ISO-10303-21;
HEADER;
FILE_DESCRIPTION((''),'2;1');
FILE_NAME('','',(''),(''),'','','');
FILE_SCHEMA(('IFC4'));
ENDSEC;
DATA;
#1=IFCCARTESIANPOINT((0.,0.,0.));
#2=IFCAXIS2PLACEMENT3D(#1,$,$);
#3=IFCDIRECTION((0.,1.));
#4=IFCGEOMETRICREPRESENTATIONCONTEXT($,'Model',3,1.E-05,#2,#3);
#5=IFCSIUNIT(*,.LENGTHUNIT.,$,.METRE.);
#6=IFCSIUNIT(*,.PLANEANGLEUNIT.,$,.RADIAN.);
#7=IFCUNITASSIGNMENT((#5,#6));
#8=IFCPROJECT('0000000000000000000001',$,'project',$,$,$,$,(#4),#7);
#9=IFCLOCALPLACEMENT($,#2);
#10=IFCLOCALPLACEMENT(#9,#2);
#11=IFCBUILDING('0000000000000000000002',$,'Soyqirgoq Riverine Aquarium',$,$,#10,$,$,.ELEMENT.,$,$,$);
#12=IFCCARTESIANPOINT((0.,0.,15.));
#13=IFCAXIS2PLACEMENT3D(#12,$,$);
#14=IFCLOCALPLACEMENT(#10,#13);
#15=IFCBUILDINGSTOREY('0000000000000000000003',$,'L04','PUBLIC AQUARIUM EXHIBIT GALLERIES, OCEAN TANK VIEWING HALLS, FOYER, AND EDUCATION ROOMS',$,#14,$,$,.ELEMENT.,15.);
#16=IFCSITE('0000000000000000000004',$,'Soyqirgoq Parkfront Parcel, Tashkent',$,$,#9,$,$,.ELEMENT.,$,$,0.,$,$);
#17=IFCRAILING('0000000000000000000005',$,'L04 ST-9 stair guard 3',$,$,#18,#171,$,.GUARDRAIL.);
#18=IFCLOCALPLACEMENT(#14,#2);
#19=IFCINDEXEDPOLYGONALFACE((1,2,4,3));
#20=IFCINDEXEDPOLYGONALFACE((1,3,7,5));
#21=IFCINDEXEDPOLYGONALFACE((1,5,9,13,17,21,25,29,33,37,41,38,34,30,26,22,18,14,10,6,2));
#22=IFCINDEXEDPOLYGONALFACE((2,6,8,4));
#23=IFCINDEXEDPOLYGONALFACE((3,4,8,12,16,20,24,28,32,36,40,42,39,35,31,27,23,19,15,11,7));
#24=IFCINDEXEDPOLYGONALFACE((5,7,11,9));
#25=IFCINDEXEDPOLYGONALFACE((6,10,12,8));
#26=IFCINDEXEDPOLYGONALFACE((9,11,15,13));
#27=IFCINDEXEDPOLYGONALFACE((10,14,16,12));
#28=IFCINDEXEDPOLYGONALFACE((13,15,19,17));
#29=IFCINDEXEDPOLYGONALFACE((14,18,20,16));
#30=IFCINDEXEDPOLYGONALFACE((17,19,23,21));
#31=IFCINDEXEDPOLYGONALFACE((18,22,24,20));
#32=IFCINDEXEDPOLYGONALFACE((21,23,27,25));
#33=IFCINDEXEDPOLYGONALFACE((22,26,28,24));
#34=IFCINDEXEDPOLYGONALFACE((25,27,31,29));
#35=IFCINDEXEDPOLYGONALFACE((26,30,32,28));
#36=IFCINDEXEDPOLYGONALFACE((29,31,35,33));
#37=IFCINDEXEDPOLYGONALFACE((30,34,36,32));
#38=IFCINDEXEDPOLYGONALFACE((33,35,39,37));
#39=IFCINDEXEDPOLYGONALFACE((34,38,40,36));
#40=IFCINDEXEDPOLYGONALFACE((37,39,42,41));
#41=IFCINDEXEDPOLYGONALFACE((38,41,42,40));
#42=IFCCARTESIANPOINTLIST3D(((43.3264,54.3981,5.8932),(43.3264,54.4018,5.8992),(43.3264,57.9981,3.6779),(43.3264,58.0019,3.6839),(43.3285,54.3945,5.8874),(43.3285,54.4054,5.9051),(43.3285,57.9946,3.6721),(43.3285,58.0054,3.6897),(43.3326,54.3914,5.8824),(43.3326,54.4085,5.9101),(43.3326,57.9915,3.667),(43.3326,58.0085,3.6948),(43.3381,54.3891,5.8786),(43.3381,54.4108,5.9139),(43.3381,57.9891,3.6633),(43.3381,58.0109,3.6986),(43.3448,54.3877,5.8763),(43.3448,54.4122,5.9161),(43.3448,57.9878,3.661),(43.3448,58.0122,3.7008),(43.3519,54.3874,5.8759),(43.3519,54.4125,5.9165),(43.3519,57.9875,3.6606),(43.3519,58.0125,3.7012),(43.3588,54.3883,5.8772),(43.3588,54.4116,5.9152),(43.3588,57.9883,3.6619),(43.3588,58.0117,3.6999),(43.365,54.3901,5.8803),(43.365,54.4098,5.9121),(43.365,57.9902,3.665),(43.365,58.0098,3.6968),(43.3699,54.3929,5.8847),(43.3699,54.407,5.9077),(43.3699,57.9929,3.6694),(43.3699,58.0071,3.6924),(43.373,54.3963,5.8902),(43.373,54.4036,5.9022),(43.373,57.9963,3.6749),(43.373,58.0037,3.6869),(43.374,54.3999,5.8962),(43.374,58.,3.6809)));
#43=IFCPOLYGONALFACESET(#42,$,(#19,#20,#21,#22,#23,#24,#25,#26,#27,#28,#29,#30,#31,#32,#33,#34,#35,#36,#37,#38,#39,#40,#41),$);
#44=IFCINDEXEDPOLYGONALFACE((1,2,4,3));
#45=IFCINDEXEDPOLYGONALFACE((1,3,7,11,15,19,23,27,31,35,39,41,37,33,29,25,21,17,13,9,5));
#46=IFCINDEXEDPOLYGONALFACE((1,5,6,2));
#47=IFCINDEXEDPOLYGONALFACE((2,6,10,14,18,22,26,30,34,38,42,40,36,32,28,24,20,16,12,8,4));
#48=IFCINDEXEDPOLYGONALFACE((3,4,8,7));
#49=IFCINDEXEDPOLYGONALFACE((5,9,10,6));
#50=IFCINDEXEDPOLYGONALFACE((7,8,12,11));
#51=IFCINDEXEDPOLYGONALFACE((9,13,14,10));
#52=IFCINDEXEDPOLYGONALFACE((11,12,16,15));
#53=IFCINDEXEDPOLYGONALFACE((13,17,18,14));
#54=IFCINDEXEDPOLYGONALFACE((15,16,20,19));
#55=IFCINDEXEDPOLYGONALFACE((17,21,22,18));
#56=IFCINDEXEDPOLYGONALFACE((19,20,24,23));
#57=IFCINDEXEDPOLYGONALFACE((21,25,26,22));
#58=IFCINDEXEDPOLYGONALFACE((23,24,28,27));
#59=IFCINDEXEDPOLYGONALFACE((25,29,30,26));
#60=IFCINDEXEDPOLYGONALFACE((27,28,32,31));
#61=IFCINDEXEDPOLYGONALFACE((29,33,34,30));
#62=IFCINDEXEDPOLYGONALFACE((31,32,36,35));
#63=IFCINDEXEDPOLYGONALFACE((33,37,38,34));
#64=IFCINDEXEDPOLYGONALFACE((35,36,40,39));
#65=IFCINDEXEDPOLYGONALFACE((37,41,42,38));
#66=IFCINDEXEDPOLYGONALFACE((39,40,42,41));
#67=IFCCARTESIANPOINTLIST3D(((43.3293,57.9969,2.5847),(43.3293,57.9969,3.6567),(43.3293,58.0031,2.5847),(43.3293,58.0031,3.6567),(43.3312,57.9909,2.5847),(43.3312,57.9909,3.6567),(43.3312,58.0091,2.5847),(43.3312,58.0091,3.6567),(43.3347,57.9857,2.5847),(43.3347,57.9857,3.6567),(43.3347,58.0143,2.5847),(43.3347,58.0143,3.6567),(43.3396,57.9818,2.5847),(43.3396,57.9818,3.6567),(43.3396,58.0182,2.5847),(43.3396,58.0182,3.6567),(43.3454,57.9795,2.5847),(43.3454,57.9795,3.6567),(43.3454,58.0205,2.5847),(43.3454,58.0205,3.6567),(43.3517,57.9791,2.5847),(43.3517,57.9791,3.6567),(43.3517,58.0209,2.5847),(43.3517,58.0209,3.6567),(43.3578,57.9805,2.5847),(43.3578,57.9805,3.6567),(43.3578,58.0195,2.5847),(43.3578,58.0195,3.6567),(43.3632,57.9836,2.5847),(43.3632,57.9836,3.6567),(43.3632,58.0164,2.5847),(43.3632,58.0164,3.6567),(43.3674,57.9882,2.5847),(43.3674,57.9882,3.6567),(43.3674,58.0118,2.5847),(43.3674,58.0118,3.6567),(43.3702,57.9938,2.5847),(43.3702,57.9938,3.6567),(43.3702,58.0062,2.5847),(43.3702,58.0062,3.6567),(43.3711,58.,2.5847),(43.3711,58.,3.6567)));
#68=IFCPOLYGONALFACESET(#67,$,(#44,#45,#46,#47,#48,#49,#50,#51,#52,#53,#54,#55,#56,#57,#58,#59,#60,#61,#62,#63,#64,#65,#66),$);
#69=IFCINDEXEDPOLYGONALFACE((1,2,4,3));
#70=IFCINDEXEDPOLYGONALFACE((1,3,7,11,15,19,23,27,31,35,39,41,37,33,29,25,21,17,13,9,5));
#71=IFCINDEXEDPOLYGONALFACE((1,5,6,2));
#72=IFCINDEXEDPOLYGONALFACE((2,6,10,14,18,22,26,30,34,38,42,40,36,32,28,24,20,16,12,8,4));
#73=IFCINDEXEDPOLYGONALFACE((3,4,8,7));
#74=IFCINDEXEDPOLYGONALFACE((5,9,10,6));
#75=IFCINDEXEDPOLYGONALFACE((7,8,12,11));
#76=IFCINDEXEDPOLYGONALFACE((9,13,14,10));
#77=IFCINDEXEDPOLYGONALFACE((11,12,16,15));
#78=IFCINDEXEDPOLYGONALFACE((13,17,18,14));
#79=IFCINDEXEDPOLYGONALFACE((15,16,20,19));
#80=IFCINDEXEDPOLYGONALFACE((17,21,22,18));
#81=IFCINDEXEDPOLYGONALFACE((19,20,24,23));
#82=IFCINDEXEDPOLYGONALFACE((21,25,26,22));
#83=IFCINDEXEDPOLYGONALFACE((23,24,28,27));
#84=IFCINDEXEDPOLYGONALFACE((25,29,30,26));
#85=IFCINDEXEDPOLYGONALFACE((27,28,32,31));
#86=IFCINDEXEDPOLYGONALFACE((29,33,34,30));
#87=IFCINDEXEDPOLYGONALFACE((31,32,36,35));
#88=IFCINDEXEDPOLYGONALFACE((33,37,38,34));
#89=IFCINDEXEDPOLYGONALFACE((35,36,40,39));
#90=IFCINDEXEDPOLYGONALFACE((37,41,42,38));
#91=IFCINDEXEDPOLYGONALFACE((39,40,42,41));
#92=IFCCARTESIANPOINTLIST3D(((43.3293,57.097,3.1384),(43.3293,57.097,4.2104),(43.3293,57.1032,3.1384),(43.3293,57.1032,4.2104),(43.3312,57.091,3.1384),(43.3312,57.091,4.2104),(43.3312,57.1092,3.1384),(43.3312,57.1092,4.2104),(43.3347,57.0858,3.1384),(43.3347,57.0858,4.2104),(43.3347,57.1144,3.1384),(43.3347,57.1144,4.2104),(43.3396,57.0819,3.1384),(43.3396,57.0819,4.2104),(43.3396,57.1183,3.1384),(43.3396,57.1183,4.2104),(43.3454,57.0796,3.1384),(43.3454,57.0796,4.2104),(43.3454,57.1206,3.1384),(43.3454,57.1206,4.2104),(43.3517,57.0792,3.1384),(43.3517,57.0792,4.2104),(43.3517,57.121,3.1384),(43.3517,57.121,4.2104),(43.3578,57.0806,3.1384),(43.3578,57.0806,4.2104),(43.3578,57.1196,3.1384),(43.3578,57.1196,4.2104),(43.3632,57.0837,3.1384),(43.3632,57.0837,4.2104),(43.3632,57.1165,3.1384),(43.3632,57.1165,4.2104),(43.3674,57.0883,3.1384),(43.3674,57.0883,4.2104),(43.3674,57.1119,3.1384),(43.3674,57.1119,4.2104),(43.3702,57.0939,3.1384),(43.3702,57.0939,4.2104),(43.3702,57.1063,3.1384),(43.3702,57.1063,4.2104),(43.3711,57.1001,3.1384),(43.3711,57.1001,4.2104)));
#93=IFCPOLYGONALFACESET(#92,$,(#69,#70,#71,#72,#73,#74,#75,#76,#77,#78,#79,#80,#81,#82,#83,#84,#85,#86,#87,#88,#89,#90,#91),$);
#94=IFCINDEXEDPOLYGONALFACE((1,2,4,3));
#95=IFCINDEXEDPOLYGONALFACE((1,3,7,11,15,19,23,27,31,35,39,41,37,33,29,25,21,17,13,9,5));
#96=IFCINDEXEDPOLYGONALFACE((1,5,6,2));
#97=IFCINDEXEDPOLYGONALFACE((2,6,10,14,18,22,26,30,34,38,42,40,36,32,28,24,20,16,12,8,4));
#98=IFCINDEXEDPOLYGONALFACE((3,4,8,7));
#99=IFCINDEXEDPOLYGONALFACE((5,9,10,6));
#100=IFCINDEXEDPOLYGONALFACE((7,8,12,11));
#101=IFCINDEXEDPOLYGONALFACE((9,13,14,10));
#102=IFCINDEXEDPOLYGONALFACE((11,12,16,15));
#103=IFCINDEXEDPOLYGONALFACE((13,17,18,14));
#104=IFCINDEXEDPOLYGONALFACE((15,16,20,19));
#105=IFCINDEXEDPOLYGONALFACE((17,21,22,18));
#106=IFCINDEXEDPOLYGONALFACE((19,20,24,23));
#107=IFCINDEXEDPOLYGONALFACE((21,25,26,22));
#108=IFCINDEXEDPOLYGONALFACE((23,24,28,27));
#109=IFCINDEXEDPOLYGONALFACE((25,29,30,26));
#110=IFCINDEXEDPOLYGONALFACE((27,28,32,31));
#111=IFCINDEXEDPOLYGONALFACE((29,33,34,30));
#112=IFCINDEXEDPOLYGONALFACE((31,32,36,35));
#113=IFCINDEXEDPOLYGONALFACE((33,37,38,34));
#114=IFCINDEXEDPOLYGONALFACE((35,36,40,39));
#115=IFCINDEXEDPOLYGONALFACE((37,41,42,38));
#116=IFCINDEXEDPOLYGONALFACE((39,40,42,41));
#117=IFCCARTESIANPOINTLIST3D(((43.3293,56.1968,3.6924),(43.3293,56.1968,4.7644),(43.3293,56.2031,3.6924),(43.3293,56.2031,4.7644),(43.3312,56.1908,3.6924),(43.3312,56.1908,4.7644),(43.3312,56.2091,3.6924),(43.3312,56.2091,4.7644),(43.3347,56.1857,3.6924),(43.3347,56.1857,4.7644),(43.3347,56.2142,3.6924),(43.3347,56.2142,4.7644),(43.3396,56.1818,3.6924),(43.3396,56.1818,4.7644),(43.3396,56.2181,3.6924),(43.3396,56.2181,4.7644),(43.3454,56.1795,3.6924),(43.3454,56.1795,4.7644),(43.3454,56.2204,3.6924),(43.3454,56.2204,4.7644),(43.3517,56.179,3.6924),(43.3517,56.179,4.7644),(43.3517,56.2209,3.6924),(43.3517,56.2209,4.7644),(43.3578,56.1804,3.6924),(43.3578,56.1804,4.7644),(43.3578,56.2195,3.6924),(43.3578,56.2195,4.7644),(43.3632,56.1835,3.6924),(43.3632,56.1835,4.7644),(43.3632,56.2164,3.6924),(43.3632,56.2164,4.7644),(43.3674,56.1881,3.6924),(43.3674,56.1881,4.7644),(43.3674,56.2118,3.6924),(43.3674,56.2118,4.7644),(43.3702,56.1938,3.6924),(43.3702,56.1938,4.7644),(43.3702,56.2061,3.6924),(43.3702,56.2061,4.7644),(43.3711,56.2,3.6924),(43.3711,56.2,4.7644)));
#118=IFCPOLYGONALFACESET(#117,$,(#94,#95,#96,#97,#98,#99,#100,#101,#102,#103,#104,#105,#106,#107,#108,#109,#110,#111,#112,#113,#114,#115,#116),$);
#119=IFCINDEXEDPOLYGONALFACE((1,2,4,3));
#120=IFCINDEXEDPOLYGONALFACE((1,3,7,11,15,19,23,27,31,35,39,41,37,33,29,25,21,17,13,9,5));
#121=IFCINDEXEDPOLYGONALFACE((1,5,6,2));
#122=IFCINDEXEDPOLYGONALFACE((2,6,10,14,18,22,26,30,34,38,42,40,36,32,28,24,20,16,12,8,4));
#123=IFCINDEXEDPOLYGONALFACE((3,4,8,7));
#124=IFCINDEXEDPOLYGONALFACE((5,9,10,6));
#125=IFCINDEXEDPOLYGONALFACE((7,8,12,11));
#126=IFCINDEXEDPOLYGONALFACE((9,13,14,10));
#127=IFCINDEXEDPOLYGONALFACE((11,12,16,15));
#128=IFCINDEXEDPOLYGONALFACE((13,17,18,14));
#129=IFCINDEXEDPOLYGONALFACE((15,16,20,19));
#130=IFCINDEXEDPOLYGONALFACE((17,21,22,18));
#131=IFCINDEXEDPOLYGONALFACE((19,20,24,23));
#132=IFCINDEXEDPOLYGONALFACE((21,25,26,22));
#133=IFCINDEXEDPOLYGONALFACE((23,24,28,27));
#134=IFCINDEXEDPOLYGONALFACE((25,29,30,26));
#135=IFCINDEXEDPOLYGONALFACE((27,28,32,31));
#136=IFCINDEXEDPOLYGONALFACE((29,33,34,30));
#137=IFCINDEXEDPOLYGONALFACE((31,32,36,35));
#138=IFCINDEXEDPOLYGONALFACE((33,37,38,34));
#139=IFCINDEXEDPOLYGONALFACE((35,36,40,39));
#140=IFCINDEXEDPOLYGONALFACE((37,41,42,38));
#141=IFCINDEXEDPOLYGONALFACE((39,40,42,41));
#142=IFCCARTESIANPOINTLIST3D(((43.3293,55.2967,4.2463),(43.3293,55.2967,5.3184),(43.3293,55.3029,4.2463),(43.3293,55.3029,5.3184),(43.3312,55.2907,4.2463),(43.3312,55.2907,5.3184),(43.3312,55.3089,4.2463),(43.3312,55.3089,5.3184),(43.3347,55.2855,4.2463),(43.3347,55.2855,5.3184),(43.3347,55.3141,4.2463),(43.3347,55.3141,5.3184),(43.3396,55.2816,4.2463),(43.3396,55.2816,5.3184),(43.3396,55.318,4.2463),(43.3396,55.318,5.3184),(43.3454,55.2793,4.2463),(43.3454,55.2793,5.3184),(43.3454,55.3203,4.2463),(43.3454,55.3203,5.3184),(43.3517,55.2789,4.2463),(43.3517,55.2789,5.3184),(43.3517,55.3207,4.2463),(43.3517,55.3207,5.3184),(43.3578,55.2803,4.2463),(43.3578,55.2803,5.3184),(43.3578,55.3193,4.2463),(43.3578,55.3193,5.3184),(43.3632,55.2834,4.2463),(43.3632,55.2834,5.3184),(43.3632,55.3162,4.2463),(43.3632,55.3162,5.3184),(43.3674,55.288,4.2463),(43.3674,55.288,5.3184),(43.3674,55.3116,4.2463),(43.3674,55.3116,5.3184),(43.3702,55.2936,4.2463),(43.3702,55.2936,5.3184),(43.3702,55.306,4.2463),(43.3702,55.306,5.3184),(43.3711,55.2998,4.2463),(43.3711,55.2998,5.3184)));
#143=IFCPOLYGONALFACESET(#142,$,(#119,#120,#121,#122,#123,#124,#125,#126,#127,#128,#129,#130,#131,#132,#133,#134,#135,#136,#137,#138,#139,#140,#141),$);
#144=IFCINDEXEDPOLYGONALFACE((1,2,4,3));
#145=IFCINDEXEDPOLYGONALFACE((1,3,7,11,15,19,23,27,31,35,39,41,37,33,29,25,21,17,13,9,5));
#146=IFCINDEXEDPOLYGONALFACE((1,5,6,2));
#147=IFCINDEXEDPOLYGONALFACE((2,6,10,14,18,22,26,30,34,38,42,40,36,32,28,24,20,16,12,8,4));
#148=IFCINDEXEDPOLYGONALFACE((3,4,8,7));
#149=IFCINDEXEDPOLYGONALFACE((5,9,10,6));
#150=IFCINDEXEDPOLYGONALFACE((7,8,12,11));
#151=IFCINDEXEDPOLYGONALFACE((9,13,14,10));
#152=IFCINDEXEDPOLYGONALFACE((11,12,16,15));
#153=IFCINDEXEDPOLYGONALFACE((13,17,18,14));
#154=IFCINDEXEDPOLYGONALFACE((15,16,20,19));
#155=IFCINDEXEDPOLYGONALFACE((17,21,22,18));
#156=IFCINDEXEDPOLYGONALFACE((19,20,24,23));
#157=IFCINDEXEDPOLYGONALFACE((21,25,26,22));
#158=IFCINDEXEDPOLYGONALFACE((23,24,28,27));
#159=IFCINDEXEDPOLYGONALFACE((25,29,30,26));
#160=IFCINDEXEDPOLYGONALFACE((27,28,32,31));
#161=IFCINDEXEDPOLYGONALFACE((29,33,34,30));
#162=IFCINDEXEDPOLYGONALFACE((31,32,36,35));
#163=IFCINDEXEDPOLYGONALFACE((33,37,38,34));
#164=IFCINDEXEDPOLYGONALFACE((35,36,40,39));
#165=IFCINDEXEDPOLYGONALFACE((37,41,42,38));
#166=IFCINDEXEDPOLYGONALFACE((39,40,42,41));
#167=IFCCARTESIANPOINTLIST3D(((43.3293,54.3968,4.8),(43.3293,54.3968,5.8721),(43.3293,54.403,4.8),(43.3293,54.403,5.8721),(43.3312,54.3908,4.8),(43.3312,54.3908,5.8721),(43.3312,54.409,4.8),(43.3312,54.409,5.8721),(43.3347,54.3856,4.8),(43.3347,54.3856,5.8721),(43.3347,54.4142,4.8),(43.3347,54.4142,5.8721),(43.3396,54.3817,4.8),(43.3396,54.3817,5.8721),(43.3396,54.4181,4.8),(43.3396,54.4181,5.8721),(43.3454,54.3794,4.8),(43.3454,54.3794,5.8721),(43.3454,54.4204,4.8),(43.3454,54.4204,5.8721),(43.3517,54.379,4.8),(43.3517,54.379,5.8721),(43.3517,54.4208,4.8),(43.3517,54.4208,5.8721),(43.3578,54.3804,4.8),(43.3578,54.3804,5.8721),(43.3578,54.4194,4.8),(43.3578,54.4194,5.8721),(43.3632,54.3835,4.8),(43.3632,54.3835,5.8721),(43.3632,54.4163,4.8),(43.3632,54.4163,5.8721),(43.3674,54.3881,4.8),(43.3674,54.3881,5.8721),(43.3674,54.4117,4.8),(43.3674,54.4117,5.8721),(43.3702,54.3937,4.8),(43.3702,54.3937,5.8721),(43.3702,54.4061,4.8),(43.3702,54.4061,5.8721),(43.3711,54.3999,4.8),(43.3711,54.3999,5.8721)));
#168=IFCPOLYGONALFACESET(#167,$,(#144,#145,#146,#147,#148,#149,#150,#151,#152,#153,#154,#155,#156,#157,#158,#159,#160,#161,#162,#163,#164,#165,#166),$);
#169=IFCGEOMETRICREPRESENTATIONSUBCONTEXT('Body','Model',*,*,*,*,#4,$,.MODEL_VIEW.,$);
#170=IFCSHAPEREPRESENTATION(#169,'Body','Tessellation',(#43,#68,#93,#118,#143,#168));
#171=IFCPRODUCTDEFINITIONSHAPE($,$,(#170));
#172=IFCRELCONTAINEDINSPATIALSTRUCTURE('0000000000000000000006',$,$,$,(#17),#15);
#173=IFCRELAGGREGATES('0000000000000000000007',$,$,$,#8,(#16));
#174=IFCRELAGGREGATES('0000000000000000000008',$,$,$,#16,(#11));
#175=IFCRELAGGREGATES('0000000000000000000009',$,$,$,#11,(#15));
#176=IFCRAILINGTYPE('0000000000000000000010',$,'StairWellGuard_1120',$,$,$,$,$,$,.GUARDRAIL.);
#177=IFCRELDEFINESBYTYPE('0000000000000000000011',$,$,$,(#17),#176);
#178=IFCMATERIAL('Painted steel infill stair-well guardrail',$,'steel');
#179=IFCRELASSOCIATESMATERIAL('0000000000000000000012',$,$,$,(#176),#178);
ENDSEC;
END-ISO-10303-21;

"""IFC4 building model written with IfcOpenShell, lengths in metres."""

from ifc_helpers import new_model, si_unit, direction, frame, origin, origin_2d, place, context, subcontext, project, spatial, circle, extrude, material, type_object, element, save


model = new_model("IFC4")

# Units and contexts
model_context = context("Model", 3, precision=1e-05, world=origin(), true_north=direction((0.0, 1.0)))
body_context = subcontext(model_context, "Body", "Model", "MODEL_VIEW")
ifc_project = project(units=[si_unit("LENGTHUNIT", "METRE"), si_unit("PLANEANGLEUNIT", "RADIAN")], contexts=[model_context])

# Site, building, storey
site_placement = place(None, origin())
site = spatial("IfcSite", under=ifc_project, at=site_placement, Name="Soyqirgoq Parkfront Parcel, Tashkent", CompositionType="ELEMENT", RefElevation=0.0)
building_placement = place(site_placement, origin())
building = spatial("IfcBuilding", under=site, at=building_placement, Name="Soyqirgoq Riverine Aquarium", CompositionType="ELEMENT")
storey_placement = place(building_placement, frame((0.0, 0.0, 15.0)))
storey = spatial("IfcBuildingStorey", under=building, at=storey_placement, Name="L04", Description="PUBLIC AQUARIUM EXHIBIT GALLERIES, OCEAN TANK VIEWING HALLS, FOYER, AND EDUCATION ROOMS", CompositionType="ELEMENT", Elevation=15.0)

# Railing
ifc_material_1 = material(Name="Painted steel infill stair-well guardrail", Category="steel")
railing_type_1 = type_object("IfcRailingType", Name="StairWellGuard_1120", PredefinedType="GUARDRAIL", material=ifc_material_1)
railing_1_placement = place(storey_placement, frame((43.3501, 58.0, 2.5847)))
element("IfcRailing", 1, at=railing_1_placement, inside=storey, type_object=railing_type_1, Name="L04 ST-9 stair guard 3", PredefinedType="GUARDRAIL", context=body_context, shape_type="SweptSolid", body=[
    extrude(circle(Radius=0.0239, at=origin_2d()), frame((0.0, 0.0, 1.0962), z_axis=(0.0, -0.85167, 0.524078), x_axis=(1.0, 0.0, 0.0)), (0.0, 0.0, 1.0), 4.2271),
    extrude(circle(Radius=0.021, at=origin_2d()), origin(), (0.0, 0.0, 1.0), 1.072),
    extrude(circle(Radius=0.021, at=origin_2d()), frame((0.0, -0.8999, 0.5537)), (0.0, 0.0, 1.0), 1.072),
    extrude(circle(Radius=0.021, at=origin_2d()), frame((0.0, -1.8, 1.1077)), (0.0, 0.0, 1.0), 1.072),
    extrude(circle(Radius=0.021, at=origin_2d()), frame((0.0, -2.7002, 1.6616)), (0.0, 0.0, 1.0), 1.072),
    extrude(circle(Radius=0.021, at=origin_2d()), frame((0.0, -3.6001, 2.2153)), (0.0, 0.0, 1.0), 1.072),
])

save(model, "model.ifc")
